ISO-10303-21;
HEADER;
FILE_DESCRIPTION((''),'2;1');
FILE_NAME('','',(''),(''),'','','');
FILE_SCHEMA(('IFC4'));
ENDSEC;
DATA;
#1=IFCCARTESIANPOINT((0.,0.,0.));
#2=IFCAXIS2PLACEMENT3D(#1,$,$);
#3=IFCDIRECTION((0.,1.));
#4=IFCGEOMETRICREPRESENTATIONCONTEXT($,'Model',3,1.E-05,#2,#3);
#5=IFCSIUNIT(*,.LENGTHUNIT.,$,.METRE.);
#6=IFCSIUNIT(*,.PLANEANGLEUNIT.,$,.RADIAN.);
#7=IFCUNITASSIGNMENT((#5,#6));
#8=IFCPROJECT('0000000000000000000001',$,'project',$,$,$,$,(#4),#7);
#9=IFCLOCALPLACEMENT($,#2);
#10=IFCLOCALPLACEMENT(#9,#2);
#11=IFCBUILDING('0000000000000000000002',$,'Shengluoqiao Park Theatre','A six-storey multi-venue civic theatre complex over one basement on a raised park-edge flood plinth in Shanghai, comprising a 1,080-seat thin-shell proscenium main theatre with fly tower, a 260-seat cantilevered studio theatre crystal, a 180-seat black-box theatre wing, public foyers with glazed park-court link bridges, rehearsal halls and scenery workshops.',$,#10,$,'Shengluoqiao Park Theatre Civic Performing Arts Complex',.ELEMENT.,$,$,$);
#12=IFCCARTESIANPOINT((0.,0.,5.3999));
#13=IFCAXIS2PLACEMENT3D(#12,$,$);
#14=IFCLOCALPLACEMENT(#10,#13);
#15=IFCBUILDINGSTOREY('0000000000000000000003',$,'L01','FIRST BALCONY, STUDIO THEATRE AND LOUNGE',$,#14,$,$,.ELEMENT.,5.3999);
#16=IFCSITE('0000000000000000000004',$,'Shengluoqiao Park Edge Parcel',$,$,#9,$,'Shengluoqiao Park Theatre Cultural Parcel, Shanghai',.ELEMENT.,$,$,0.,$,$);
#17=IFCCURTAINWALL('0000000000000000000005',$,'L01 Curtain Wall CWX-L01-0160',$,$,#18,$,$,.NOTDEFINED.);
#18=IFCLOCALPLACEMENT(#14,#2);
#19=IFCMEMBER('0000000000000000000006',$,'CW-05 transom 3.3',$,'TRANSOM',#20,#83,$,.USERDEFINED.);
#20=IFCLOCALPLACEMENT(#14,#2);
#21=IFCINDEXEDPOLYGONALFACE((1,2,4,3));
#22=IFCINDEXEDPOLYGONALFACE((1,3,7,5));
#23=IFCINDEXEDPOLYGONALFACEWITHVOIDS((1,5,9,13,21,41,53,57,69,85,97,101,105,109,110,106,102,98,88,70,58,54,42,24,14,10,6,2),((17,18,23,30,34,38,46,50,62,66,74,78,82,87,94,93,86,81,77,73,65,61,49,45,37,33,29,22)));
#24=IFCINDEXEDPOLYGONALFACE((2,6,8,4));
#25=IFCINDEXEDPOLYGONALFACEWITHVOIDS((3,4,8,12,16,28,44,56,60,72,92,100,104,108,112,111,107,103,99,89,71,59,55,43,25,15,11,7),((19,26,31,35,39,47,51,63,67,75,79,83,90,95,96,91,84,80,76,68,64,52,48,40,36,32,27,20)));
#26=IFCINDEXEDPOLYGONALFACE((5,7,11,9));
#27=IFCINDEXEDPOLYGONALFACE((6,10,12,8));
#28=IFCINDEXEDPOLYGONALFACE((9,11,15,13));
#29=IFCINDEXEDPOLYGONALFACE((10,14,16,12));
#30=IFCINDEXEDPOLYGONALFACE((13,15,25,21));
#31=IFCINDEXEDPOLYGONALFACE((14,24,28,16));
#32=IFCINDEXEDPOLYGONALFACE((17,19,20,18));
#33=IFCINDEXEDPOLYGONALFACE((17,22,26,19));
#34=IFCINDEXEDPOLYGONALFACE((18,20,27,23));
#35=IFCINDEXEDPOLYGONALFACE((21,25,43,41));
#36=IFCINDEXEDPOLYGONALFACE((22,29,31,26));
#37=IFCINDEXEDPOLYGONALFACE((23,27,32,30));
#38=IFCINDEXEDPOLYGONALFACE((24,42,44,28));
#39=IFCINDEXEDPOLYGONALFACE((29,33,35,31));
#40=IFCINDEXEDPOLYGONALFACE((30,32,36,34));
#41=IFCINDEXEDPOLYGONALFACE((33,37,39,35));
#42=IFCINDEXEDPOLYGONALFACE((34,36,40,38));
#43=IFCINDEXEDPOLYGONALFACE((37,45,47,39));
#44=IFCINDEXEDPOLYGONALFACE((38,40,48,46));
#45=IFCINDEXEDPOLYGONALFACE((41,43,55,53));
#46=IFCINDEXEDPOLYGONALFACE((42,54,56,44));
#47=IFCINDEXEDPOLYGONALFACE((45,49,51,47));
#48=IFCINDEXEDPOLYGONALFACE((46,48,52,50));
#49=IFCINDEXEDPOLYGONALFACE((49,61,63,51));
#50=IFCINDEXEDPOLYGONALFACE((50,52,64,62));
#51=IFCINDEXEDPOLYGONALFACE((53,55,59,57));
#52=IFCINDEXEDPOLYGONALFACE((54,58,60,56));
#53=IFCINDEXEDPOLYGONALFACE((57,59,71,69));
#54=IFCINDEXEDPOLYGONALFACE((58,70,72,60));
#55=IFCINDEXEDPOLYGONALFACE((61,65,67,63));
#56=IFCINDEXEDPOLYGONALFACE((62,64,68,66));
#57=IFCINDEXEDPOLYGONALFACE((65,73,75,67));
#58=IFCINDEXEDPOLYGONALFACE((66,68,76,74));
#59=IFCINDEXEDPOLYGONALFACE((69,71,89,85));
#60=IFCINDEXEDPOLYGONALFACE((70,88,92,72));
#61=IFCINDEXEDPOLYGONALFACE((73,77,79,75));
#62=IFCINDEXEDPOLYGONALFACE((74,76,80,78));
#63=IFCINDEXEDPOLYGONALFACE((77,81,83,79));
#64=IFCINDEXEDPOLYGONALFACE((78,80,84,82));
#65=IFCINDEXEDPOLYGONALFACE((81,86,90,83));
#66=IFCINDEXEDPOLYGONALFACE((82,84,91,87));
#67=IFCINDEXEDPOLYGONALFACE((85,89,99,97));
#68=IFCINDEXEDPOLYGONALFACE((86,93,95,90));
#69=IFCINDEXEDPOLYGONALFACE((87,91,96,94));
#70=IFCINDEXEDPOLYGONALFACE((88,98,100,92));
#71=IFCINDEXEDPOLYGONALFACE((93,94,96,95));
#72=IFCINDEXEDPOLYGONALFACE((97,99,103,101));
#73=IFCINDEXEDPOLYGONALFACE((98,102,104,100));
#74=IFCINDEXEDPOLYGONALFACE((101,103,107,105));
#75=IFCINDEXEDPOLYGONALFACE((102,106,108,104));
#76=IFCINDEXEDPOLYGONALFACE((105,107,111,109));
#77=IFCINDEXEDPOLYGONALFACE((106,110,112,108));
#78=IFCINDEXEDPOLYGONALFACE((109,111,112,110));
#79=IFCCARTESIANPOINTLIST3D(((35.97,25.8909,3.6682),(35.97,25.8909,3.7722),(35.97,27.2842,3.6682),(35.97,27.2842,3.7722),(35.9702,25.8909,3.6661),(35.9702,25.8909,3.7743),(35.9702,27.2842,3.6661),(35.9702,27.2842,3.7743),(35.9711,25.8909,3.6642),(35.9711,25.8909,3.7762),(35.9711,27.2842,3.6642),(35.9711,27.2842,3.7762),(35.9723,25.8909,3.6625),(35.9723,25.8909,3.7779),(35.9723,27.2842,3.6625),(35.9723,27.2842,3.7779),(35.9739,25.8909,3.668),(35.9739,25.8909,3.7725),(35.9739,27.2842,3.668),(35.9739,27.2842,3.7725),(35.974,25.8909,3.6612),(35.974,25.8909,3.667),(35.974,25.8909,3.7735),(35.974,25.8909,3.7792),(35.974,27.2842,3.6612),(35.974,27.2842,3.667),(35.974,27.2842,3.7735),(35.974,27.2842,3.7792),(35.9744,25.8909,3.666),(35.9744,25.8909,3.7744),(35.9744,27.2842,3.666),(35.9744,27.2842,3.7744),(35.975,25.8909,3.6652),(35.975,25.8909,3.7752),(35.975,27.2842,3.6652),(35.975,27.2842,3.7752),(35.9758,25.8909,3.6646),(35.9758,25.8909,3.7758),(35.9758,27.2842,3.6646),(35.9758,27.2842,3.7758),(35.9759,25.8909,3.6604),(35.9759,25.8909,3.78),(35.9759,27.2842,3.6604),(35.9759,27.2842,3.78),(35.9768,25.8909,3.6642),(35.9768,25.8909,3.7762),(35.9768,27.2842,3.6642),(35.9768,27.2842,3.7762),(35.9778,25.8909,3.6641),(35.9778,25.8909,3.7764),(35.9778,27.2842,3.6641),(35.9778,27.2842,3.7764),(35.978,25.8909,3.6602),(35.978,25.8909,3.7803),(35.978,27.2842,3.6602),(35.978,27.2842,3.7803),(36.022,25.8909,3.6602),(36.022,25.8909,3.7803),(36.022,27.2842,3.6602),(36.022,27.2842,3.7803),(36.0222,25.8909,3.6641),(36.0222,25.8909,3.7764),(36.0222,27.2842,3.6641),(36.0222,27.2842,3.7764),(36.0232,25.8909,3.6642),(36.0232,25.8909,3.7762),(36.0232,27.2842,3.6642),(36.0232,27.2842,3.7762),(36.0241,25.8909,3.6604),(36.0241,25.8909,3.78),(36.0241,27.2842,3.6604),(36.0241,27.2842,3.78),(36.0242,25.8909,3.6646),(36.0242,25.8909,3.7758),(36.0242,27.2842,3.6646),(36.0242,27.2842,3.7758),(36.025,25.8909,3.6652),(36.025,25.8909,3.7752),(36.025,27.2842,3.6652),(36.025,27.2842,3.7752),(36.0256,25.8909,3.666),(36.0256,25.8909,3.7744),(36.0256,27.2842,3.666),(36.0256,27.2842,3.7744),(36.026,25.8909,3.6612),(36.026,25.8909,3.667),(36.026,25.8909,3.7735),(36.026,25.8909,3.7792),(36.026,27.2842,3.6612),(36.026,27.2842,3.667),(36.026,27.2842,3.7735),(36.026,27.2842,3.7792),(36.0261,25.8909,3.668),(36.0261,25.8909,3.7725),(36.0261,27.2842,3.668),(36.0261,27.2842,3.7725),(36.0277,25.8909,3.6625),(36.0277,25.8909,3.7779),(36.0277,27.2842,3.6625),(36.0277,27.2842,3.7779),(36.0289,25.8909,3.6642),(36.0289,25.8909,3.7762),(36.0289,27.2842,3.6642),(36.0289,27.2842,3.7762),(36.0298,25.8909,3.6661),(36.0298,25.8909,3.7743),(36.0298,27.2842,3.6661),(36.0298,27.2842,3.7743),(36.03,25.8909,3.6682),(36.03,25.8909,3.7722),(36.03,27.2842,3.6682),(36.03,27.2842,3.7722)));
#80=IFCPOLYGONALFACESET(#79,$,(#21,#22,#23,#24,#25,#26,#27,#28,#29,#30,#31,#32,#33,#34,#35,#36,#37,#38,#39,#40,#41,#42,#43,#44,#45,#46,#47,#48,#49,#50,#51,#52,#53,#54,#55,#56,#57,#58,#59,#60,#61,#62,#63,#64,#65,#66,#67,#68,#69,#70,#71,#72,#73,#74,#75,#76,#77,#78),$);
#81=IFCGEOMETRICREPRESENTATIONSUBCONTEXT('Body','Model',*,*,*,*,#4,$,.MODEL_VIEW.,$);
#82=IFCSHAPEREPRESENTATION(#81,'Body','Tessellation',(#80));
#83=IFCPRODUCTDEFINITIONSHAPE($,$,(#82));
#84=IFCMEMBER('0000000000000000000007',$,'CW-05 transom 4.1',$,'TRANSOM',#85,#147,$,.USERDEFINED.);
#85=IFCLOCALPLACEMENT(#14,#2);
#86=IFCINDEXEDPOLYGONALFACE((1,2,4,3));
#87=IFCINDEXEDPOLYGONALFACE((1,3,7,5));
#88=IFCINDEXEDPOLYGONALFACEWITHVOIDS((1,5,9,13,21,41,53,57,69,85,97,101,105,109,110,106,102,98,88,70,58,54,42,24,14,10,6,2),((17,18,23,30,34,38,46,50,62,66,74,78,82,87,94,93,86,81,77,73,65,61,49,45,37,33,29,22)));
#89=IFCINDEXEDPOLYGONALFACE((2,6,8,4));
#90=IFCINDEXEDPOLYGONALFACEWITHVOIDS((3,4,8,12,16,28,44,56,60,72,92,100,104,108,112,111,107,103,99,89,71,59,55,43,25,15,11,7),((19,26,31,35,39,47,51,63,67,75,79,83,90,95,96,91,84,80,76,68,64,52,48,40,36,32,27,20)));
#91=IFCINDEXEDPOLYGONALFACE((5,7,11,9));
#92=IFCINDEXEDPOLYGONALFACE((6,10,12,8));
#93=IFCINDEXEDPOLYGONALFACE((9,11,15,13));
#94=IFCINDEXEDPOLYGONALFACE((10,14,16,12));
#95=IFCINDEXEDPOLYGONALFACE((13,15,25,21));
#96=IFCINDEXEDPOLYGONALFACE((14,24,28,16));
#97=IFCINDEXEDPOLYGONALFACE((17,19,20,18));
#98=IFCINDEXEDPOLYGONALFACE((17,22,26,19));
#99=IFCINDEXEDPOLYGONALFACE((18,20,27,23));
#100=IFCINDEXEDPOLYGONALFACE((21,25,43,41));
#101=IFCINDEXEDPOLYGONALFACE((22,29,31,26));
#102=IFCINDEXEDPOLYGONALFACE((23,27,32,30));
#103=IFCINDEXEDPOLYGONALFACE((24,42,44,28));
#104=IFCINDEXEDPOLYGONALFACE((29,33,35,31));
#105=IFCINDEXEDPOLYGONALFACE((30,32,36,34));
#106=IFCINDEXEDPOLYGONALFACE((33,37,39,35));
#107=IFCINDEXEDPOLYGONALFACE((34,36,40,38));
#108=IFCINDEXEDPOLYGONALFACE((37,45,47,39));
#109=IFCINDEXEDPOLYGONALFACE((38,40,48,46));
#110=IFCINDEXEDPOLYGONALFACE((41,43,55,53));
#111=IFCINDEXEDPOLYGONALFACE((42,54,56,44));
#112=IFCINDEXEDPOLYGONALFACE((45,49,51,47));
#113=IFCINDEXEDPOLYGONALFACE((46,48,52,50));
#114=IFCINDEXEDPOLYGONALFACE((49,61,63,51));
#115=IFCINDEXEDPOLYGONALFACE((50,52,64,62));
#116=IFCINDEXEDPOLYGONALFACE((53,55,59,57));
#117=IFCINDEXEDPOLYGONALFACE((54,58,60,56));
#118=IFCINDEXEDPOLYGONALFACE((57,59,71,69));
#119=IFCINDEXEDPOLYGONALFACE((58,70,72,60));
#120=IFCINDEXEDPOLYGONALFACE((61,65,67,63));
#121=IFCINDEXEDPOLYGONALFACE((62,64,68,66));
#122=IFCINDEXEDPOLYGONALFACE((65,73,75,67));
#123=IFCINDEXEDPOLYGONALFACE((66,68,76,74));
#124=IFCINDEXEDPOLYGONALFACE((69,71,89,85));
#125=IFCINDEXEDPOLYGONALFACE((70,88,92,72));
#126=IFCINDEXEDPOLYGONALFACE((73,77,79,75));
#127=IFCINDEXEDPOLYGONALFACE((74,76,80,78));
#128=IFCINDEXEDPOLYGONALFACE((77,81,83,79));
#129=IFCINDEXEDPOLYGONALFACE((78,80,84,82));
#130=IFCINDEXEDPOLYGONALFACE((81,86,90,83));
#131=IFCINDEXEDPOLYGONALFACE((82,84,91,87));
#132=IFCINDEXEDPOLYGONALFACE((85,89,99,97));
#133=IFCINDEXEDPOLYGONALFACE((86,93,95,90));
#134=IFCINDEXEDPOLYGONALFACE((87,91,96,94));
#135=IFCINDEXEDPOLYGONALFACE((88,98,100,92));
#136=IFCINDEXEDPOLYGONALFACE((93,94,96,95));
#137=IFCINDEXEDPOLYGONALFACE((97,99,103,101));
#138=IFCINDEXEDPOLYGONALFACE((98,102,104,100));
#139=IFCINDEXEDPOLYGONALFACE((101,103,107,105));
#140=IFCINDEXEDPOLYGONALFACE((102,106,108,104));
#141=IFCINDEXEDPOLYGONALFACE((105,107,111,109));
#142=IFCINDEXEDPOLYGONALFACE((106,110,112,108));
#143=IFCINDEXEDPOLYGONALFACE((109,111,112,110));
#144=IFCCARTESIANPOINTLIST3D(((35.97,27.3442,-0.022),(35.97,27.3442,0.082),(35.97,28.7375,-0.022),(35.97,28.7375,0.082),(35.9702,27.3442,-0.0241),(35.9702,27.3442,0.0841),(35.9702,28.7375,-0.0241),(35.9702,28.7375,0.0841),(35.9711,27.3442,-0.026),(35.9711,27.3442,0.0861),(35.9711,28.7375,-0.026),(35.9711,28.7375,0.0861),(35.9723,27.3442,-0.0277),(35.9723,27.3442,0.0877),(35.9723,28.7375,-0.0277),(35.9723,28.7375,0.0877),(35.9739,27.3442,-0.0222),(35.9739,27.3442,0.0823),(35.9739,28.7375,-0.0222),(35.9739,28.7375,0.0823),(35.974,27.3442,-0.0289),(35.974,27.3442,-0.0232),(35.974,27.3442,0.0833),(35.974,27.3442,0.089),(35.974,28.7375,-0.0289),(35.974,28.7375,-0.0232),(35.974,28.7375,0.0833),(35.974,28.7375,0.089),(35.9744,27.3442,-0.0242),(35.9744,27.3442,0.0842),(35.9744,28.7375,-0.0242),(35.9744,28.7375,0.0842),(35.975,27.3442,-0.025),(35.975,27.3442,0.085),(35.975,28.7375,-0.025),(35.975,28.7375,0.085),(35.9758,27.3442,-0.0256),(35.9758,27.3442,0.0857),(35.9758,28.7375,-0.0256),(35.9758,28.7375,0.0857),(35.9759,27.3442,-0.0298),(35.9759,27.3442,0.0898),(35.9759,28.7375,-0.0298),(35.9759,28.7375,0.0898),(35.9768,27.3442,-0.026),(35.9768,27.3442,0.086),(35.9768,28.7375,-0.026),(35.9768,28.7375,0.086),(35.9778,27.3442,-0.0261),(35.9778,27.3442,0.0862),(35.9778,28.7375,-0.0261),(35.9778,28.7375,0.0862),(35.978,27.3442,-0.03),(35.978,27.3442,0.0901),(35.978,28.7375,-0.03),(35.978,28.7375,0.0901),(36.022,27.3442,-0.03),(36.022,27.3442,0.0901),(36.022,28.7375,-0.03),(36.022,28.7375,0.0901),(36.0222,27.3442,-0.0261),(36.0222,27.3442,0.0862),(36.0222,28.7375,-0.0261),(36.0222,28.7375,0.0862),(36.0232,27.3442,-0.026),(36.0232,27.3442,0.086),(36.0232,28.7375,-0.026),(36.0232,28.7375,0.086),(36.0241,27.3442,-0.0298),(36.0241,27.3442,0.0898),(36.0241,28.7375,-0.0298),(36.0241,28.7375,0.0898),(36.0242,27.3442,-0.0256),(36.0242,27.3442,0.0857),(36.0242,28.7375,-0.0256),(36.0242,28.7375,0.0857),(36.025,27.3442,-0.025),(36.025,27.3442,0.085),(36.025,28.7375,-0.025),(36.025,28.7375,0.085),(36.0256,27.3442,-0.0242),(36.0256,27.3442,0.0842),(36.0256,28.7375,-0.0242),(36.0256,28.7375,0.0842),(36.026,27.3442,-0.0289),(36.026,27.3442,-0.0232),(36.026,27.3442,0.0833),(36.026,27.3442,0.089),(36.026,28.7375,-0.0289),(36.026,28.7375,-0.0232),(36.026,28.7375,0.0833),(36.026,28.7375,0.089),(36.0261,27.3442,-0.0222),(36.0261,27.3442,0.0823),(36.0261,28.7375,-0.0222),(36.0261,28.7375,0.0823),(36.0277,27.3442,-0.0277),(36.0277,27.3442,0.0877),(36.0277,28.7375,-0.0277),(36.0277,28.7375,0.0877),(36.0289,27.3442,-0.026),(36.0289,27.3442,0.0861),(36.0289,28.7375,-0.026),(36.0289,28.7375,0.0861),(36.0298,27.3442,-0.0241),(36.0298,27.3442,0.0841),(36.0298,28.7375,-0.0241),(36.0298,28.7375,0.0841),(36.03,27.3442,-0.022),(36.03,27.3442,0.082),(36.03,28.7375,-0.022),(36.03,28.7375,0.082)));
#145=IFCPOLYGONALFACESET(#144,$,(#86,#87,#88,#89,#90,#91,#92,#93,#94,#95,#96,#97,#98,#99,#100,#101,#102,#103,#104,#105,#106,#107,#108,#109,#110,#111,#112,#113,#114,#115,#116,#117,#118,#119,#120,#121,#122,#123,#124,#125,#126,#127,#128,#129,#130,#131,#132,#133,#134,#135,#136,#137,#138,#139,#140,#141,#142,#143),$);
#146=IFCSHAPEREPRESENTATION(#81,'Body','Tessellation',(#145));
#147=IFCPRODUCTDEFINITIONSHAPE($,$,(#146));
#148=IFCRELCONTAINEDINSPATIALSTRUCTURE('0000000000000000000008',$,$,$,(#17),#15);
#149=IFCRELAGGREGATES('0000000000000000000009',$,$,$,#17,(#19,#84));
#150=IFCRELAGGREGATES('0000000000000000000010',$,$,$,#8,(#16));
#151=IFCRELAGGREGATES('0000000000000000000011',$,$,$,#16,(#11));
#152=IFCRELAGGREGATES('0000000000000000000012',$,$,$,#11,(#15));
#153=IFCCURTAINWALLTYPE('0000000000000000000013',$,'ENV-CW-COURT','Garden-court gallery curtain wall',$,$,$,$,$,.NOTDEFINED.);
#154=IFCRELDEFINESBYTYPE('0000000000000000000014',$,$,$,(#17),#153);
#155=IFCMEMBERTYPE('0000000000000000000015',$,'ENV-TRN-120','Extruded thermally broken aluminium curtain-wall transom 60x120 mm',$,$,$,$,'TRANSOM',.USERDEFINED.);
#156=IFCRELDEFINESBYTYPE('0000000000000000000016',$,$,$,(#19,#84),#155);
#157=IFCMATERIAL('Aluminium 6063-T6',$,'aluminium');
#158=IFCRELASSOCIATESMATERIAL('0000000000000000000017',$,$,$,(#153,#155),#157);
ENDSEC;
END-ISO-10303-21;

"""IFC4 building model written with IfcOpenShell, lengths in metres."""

from ifc_helpers import new_model, si_unit, direction, frame, origin, origin_2d, place, context, subcontext, project, spatial, hollow_rectangle, extrude, material, material_profile, profile_set, type_object, element, aggregate, save


model = new_model("IFC4")

# Units and contexts
model_context = context("Model", 3, precision=1e-05, world=origin(), true_north=direction((0.0, 1.0)))
body_context = subcontext(model_context, "Body", "Model", "MODEL_VIEW")
ifc_project = project(units=[si_unit("LENGTHUNIT", "METRE"), si_unit("PLANEANGLEUNIT", "RADIAN")], contexts=[model_context])

# Site, building, storey
site_placement = place(None, origin())
site = spatial("IfcSite", under=ifc_project, at=site_placement, Name="Shengluoqiao Park Edge Parcel", LongName="Shengluoqiao Park Theatre Cultural Parcel, Shanghai", CompositionType="ELEMENT", RefElevation=0.0)
building_placement = place(site_placement, origin())
building = spatial("IfcBuilding", under=site, at=building_placement, Name="Shengluoqiao Park Theatre", Description="A six-storey multi-venue civic theatre complex over one basement on a raised park-edge flood plinth in Shanghai, comprising a 1,080-seat thin-shell proscenium main theatre with fly tower, a 260-seat cantilevered studio theatre crystal, a 180-seat black-box theatre wing, public foyers with glazed park-court link bridges, rehearsal halls and scenery workshops.", LongName="Shengluoqiao Park Theatre Civic Performing Arts Complex", CompositionType="ELEMENT")
storey_placement = place(building_placement, frame((0.0, 0.0, 5.3999)))
storey = spatial("IfcBuildingStorey", under=building, at=storey_placement, Name="L01", Description="FIRST BALCONY, STUDIO THEATRE AND LOUNGE", CompositionType="ELEMENT", Elevation=5.3999)

# Curtain wall
ifc_material_1 = material(Name="Aluminium 6063-T6", Category="aluminium")
curtain_wall_type_1 = type_object("IfcCurtainWallType", Name="ENV-CW-COURT", Description="Garden-court gallery curtain wall", PredefinedType="NOTDEFINED", material=ifc_material_1)
curtain_wall_1_placement = place(storey_placement, origin())
curtain_wall_1 = element("IfcCurtainWall", 1, at=curtain_wall_1_placement, inside=storey, type_object=curtain_wall_type_1, Name="L01 Curtain Wall CWX-L01-0160", PredefinedType="NOTDEFINED")
ifc_material_profile_1 = material_profile(ifc_material_1, hollow_rectangle(XDim=0.0601, YDim=0.1201, WallThickness=0.0039, InnerFilletRadius=0.0039, OuterFilletRadius=0.0081, at=origin_2d()), Name="ALU TRANSOM 120x60x4")
ifc_profile_set_1 = profile_set([ifc_material_profile_1], Name="Aluminium 6063-T6")
member_type_1 = type_object("IfcMemberType", Name="ENV-TRN-120", Description="Extruded thermally broken aluminium curtain-wall transom 60x120 mm", ElementType="TRANSOM", PredefinedType="USERDEFINED", material=ifc_profile_set_1)

# Members
member_1_placement = place(storey_placement, frame((36.0, 25.8909, 3.7202), z_axis=(0.0, 1.0, 0.0), x_axis=(-1.0, 0.0, 0.0)))
member_1 = element("IfcMember", 2, at=member_1_placement, type_object=member_type_1, Name="CW-05 transom 3.3", ObjectType="TRANSOM", PredefinedType="USERDEFINED", context=body_context, shape_type="SweptSolid", body=[
    extrude(hollow_rectangle(XDim=0.0601, YDim=0.1201, WallThickness=0.0039, InnerFilletRadius=0.0039, OuterFilletRadius=0.0081, at=origin_2d()), origin(), (0.0, 0.0, 1.0), 1.3933),
])
member_2_placement = place(storey_placement, frame((36.0, 27.3442, 0.03), z_axis=(0.0, 1.0, 0.0), x_axis=(-1.0, 0.0, 0.0)))
member_2 = element("IfcMember", 3, at=member_2_placement, type_object=member_type_1, Name="CW-05 transom 4.1", ObjectType="TRANSOM", PredefinedType="USERDEFINED", context=body_context, shape_type="SweptSolid", body=[
    extrude(hollow_rectangle(XDim=0.0601, YDim=0.1201, WallThickness=0.0039, InnerFilletRadius=0.0039, OuterFilletRadius=0.0081, at=origin_2d()), origin(), (0.0, 0.0, 1.0), 1.3933),
])

aggregate(curtain_wall_1, [member_1, member_2])

save(model, "model.ifc")
